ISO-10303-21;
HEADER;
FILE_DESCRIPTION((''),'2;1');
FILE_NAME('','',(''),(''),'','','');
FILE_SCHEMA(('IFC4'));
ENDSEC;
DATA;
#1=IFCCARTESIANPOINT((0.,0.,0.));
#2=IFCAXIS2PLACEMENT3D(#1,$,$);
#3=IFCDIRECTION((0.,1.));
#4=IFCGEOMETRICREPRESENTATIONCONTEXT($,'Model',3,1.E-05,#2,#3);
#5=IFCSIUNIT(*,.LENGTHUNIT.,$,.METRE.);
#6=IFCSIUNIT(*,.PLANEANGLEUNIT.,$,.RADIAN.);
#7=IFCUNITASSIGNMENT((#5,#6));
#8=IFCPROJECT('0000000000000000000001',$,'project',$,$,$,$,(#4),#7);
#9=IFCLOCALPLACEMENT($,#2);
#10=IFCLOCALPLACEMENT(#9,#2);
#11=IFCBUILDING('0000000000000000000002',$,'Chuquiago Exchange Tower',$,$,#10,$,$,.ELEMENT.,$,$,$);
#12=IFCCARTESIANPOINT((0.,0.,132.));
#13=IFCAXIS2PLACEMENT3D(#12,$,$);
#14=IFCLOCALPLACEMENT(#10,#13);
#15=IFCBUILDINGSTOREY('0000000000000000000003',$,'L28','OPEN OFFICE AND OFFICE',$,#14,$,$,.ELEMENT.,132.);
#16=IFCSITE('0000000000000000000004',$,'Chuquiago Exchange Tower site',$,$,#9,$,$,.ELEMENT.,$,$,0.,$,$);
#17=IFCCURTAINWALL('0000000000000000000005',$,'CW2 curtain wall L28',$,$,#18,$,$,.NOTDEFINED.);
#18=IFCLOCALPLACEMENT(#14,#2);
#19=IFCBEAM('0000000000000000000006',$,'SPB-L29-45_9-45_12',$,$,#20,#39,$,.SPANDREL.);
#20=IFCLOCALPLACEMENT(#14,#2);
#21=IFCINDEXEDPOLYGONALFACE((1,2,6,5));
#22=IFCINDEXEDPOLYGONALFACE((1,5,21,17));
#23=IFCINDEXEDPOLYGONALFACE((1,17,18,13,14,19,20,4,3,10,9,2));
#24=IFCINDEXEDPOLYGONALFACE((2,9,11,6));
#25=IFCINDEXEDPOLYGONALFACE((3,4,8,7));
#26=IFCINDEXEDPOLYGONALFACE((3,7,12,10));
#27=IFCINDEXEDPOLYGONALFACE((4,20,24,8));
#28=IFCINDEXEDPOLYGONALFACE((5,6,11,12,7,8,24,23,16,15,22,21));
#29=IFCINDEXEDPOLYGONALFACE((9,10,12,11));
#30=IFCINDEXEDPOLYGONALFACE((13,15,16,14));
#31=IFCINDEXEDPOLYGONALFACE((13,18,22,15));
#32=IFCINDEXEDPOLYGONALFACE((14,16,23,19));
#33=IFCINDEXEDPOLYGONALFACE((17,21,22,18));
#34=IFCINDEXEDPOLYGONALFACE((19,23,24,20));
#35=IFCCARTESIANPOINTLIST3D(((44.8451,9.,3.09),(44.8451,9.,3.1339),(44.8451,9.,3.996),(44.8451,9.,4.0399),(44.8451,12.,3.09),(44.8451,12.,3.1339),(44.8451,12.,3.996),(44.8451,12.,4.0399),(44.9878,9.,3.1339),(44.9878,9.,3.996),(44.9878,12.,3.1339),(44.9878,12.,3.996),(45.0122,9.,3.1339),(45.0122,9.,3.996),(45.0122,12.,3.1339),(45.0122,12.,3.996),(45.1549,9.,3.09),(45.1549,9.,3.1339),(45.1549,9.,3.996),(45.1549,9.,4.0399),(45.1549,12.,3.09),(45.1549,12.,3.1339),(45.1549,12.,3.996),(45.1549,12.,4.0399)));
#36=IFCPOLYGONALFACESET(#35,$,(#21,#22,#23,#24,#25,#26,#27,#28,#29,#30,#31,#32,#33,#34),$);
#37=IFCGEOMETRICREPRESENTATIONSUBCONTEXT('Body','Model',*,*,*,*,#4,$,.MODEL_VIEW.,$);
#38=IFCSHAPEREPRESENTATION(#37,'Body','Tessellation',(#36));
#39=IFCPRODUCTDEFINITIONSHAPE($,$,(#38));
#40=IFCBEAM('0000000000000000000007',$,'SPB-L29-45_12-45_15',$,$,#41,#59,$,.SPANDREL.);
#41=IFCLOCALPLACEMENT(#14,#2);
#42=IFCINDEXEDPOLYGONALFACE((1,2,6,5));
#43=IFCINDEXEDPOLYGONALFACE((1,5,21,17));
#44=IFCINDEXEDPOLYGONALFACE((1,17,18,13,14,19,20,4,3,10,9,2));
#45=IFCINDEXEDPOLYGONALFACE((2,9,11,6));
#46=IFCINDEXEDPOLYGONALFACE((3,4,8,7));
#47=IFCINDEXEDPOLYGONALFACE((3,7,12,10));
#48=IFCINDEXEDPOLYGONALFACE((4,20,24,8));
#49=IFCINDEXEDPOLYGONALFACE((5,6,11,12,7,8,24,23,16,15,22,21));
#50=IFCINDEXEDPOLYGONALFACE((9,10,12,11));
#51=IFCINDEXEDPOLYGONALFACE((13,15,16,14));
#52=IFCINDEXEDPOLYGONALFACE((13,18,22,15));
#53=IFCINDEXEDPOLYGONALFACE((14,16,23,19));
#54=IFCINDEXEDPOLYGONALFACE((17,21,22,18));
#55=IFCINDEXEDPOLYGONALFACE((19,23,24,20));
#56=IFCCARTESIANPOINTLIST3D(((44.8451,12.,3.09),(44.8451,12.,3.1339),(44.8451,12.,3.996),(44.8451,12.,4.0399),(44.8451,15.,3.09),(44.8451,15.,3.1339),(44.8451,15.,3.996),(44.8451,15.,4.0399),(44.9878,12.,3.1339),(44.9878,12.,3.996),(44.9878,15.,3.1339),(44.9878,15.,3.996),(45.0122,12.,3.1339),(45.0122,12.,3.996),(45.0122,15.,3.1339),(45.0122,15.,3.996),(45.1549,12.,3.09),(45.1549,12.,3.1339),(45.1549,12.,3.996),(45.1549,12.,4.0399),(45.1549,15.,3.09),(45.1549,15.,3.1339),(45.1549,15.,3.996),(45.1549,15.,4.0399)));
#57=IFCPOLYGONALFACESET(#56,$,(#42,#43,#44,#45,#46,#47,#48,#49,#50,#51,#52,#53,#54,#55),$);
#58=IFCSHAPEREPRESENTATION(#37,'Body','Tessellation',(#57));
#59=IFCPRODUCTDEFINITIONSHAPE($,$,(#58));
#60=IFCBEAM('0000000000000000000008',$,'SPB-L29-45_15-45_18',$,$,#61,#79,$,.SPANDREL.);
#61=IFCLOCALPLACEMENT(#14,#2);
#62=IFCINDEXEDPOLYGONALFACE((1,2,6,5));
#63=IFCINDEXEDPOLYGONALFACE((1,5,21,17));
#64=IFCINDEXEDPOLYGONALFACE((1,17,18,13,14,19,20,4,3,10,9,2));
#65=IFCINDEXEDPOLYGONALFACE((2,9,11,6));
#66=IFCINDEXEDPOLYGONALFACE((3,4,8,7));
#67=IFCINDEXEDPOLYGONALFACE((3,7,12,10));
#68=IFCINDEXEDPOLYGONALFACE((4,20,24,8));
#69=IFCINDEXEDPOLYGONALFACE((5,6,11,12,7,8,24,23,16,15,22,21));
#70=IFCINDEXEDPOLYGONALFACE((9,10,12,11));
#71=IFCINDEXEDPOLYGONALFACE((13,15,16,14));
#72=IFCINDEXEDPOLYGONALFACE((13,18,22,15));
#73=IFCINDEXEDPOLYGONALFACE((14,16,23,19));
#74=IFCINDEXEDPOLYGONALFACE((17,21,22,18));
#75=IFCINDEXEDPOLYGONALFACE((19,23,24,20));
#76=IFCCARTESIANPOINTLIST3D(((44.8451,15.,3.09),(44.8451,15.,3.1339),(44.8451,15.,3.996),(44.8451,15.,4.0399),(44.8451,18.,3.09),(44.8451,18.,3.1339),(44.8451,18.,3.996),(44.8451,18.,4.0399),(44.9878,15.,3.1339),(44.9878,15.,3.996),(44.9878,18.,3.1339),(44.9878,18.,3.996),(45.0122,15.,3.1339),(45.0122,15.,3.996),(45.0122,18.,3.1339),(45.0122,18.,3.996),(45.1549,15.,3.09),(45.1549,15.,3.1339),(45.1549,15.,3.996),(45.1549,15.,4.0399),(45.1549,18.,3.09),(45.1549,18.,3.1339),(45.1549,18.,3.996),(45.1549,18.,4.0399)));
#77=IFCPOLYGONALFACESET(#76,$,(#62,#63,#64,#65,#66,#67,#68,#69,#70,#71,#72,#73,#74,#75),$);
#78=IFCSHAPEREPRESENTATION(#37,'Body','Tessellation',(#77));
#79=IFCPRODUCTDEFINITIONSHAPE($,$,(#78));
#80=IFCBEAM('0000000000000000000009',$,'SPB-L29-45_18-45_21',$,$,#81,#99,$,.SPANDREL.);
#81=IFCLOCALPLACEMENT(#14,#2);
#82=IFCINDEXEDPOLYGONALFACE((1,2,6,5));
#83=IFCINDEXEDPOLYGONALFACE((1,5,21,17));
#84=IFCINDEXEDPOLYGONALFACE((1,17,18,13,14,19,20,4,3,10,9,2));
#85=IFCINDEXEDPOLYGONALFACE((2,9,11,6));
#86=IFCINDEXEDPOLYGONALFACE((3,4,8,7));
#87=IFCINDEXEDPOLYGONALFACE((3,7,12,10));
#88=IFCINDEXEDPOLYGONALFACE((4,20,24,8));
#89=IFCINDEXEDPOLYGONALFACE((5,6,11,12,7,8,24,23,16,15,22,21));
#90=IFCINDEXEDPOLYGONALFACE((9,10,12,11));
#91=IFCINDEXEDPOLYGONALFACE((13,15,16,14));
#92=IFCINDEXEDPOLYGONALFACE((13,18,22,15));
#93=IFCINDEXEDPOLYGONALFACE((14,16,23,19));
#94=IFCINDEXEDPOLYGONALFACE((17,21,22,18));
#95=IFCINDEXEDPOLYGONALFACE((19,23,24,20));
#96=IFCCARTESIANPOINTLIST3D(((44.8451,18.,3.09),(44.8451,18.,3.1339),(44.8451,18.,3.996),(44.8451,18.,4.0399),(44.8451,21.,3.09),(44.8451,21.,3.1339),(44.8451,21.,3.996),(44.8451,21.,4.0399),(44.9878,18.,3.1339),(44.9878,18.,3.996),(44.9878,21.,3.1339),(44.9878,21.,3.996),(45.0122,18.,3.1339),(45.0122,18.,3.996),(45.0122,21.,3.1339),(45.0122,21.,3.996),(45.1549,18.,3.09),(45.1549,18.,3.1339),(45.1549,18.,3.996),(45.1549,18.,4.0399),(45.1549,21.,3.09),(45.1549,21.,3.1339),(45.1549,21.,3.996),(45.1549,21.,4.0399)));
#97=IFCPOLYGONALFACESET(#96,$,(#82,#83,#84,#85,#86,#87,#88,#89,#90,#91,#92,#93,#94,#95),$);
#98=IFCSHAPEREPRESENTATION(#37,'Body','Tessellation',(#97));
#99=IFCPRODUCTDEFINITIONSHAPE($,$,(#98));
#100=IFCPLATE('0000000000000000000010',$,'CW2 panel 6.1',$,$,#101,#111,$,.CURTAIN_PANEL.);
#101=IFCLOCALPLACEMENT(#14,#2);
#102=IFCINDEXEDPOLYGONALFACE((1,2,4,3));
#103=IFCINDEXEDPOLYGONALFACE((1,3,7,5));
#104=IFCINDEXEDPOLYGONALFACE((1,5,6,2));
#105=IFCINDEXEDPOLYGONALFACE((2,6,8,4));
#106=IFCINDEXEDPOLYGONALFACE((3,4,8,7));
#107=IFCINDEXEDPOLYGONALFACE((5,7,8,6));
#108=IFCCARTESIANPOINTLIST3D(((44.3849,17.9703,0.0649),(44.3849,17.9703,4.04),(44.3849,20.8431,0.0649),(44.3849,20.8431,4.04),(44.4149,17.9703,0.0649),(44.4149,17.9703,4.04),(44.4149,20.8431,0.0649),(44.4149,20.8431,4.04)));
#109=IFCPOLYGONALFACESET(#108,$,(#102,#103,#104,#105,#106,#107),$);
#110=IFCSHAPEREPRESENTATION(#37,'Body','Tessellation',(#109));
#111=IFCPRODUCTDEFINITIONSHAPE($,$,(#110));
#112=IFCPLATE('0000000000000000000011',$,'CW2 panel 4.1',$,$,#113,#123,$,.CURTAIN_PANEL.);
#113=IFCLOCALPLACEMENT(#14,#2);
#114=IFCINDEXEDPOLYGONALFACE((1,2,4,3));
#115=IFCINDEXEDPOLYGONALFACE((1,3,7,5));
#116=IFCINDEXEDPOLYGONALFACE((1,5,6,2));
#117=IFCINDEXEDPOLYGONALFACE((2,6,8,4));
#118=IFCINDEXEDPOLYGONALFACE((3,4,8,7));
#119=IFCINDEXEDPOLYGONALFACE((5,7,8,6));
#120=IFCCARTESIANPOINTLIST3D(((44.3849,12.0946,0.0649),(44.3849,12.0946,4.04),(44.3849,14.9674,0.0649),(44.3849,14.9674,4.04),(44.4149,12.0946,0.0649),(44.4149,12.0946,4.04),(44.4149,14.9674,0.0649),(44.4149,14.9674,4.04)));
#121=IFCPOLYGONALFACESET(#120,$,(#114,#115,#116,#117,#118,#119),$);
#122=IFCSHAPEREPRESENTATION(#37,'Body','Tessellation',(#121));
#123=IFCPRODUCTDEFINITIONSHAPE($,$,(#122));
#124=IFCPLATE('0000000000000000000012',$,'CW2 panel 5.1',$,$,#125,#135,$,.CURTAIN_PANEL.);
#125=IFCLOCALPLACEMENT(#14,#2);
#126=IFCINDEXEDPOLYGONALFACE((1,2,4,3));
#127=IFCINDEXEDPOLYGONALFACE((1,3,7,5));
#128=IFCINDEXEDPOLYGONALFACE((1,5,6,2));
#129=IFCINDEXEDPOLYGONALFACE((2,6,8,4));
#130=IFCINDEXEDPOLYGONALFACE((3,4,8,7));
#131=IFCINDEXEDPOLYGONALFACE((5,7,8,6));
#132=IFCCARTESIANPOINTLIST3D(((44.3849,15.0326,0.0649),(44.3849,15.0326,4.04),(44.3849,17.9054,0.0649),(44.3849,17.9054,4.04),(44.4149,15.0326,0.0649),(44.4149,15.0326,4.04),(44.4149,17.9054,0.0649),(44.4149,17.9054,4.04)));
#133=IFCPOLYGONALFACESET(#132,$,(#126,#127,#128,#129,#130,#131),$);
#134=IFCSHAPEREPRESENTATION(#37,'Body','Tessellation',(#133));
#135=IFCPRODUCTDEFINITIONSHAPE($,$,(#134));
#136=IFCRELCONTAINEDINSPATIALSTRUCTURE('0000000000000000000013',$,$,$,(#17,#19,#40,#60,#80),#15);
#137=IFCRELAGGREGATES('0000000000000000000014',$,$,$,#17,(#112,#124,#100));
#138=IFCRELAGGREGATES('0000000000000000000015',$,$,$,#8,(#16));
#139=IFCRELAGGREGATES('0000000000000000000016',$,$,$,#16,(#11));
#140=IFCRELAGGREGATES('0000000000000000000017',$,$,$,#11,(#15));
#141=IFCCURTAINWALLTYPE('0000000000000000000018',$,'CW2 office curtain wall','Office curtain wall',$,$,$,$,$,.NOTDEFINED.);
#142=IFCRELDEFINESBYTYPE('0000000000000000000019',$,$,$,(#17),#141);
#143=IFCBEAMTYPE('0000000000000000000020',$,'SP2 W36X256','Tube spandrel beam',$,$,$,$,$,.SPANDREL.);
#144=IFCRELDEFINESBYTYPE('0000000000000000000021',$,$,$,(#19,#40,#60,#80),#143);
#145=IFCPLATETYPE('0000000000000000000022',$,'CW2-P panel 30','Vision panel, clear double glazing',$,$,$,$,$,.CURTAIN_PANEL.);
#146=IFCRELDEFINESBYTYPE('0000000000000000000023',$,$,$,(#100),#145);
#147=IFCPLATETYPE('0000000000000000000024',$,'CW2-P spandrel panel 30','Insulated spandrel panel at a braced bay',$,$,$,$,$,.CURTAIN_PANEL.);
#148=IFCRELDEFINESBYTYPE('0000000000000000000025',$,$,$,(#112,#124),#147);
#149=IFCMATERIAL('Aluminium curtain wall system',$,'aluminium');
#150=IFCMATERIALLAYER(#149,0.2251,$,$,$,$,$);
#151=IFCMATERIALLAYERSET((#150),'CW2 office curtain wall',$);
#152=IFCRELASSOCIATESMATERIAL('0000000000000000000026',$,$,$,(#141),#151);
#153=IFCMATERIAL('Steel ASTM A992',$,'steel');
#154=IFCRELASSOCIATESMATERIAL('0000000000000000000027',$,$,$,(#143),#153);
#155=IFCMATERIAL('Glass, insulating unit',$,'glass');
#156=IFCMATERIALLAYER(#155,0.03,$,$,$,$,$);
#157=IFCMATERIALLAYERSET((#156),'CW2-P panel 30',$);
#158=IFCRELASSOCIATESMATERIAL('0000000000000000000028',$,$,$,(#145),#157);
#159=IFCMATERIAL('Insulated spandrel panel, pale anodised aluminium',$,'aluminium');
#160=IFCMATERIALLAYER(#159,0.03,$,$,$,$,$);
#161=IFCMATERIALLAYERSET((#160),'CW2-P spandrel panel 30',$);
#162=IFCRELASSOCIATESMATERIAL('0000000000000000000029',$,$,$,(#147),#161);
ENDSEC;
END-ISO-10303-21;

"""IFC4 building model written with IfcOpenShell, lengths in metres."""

from ifc_helpers import new_model, si_unit, direction, frame, origin, origin_2d, place, context, subcontext, project, spatial, rectangle, i_section, extrude, material, layer, layer_set, material_profile, profile_set, type_object, element, aggregate, save


model = new_model("IFC4")

# Units and contexts
model_context = context("Model", 3, precision=1e-05, world=origin(), true_north=direction((0.0, 1.0)))
body_context = subcontext(model_context, "Body", "Model", "MODEL_VIEW")
ifc_project = project(units=[si_unit("LENGTHUNIT", "METRE"), si_unit("PLANEANGLEUNIT", "RADIAN")], contexts=[model_context])

# Site, building, storey
site_placement = place(None, origin())
site = spatial("IfcSite", under=ifc_project, at=site_placement, Name="Chuquiago Exchange Tower site", CompositionType="ELEMENT", RefElevation=0.0)
building_placement = place(site_placement, origin())
building = spatial("IfcBuilding", under=site, at=building_placement, Name="Chuquiago Exchange Tower", CompositionType="ELEMENT")
storey_placement = place(building_placement, frame((0.0, 0.0, 132.0)))
storey = spatial("IfcBuildingStorey", under=building, at=storey_placement, Name="L28", Description="OPEN OFFICE AND OFFICE", CompositionType="ELEMENT", Elevation=132.0)

# Curtain wall
ifc_material_1 = material(Name="Aluminium curtain wall system", Category="aluminium")
ifc_layer_1 = layer(ifc_material_1, 0.2251)
ifc_layer_set_1 = layer_set([ifc_layer_1], Name="CW2 office curtain wall")
curtain_wall_type = type_object("IfcCurtainWallType", Name="CW2 office curtain wall", Description="Office curtain wall", PredefinedType="NOTDEFINED", material=ifc_layer_set_1)
curtain_wall_placement = place(storey_placement, origin())
curtain_wall = element("IfcCurtainWall", 1, at=curtain_wall_placement, inside=storey, type_object=curtain_wall_type, Name="CW2 curtain wall L28", PredefinedType="NOTDEFINED")

# Beams
ifc_material_2 = material(Name="Steel ASTM A992", Category="steel")
ifc_material_profile_1 = material_profile(ifc_material_2, i_section(OverallWidth=0.3098, OverallDepth=0.95, WebThickness=0.0244, FlangeThickness=0.0439, at=origin_2d()), Name="W36X256")
ifc_profile_set_1 = profile_set([ifc_material_profile_1], Name="Steel ASTM A992")
beam_type = type_object("IfcBeamType", Name="SP2 W36X256", Description="Tube spandrel beam", PredefinedType="SPANDREL", material=ifc_profile_set_1)
for number, where, z_axis, x_axis, name in (
    (2, (45.0, 9.0, 3.5649), (0.0, 1.0, 0.0), (-1.0, 0.0, 0.0), "SPB-L29-45_9-45_12"),
    (3, (45.0, 12.0, 3.5649), (0.0, 1.0, 0.0), (-1.0, 0.0, 0.0), "SPB-L29-45_12-45_15"),
    (4, (45.0, 15.0, 3.5649), (0.0, 1.0, 0.0), (-1.0, 0.0, 0.0), "SPB-L29-45_15-45_18"),
    (5, (45.0, 18.0, 3.5649), (0.0, 1.0, 0.0), (-1.0, 0.0, 0.0), "SPB-L29-45_18-45_21"),
):
    element("IfcBeam", number, at=place(storey_placement, frame(where, z_axis=z_axis, x_axis=x_axis)), inside=storey, type_object=beam_type, Name=name, PredefinedType="SPANDREL", context=body_context, shape_type="SweptSolid", body=[
        extrude(i_section(OverallWidth=0.3098, OverallDepth=0.95, WebThickness=0.0244, FlangeThickness=0.0439, at=origin_2d()), origin(), (0.0, 0.0, 1.0), 3.0),
    ])

# Plates
ifc_material_3 = material(Name="Glass, insulating unit", Category="glass")
ifc_layer_2 = layer(ifc_material_3, 0.03)
ifc_layer_set_2 = layer_set([ifc_layer_2], Name="CW2-P panel 30")
plate_type_1 = type_object("IfcPlateType", Name="CW2-P panel 30", Description="Vision panel, clear double glazing", PredefinedType="CURTAIN_PANEL", material=ifc_layer_set_2)
plate_1_placement = place(storey_placement, frame((44.3999, 19.4067, 0.0649), z_axis=(0.0, 0.0, 1.0), x_axis=(0.0, 1.0, 0.0)))
plate_1 = element("IfcPlate", 6, at=plate_1_placement, type_object=plate_type_1, Name="CW2 panel 6.1", PredefinedType="CURTAIN_PANEL", context=body_context, shape_type="SweptSolid", body=[
    extrude(rectangle(XDim=2.8728, YDim=0.03, at=origin_2d()), origin(), (0.0, 0.0, 1.0), 3.9751),
])
ifc_material_4 = material(Name="Insulated spandrel panel, pale anodised aluminium", Category="aluminium")
ifc_layer_3 = layer(ifc_material_4, 0.03)
ifc_layer_set_3 = layer_set([ifc_layer_3], Name="CW2-P spandrel panel 30")
plate_type_2 = type_object("IfcPlateType", Name="CW2-P spandrel panel 30", Description="Insulated spandrel panel at a braced bay", PredefinedType="CURTAIN_PANEL", material=ifc_layer_set_3)
plate_2_placement = place(storey_placement, frame((44.3999, 13.531, 0.0649), z_axis=(0.0, 0.0, 1.0), x_axis=(0.0, 1.0, 0.0)))
plate_2 = element("IfcPlate", 7, at=plate_2_placement, type_object=plate_type_2, Name="CW2 panel 4.1", PredefinedType="CURTAIN_PANEL", context=body_context, shape_type="SweptSolid", body=[
    extrude(rectangle(XDim=2.8728, YDim=0.03, at=origin_2d()), origin(), (0.0, 0.0, 1.0), 3.9751),
])
plate_3_placement = place(storey_placement, frame((44.3999, 16.469, 0.0649), z_axis=(0.0, 0.0, 1.0), x_axis=(0.0, 1.0, 0.0)))
plate_3 = element("IfcPlate", 8, at=plate_3_placement, type_object=plate_type_2, Name="CW2 panel 5.1", PredefinedType="CURTAIN_PANEL", context=body_context, shape_type="SweptSolid", body=[
    extrude(rectangle(XDim=2.8728, YDim=0.03, at=origin_2d()), origin(), (0.0, 0.0, 1.0), 3.9751),
])
aggregate(curtain_wall, [plate_2, plate_3, plate_1])

save(model, "model.ifc")
